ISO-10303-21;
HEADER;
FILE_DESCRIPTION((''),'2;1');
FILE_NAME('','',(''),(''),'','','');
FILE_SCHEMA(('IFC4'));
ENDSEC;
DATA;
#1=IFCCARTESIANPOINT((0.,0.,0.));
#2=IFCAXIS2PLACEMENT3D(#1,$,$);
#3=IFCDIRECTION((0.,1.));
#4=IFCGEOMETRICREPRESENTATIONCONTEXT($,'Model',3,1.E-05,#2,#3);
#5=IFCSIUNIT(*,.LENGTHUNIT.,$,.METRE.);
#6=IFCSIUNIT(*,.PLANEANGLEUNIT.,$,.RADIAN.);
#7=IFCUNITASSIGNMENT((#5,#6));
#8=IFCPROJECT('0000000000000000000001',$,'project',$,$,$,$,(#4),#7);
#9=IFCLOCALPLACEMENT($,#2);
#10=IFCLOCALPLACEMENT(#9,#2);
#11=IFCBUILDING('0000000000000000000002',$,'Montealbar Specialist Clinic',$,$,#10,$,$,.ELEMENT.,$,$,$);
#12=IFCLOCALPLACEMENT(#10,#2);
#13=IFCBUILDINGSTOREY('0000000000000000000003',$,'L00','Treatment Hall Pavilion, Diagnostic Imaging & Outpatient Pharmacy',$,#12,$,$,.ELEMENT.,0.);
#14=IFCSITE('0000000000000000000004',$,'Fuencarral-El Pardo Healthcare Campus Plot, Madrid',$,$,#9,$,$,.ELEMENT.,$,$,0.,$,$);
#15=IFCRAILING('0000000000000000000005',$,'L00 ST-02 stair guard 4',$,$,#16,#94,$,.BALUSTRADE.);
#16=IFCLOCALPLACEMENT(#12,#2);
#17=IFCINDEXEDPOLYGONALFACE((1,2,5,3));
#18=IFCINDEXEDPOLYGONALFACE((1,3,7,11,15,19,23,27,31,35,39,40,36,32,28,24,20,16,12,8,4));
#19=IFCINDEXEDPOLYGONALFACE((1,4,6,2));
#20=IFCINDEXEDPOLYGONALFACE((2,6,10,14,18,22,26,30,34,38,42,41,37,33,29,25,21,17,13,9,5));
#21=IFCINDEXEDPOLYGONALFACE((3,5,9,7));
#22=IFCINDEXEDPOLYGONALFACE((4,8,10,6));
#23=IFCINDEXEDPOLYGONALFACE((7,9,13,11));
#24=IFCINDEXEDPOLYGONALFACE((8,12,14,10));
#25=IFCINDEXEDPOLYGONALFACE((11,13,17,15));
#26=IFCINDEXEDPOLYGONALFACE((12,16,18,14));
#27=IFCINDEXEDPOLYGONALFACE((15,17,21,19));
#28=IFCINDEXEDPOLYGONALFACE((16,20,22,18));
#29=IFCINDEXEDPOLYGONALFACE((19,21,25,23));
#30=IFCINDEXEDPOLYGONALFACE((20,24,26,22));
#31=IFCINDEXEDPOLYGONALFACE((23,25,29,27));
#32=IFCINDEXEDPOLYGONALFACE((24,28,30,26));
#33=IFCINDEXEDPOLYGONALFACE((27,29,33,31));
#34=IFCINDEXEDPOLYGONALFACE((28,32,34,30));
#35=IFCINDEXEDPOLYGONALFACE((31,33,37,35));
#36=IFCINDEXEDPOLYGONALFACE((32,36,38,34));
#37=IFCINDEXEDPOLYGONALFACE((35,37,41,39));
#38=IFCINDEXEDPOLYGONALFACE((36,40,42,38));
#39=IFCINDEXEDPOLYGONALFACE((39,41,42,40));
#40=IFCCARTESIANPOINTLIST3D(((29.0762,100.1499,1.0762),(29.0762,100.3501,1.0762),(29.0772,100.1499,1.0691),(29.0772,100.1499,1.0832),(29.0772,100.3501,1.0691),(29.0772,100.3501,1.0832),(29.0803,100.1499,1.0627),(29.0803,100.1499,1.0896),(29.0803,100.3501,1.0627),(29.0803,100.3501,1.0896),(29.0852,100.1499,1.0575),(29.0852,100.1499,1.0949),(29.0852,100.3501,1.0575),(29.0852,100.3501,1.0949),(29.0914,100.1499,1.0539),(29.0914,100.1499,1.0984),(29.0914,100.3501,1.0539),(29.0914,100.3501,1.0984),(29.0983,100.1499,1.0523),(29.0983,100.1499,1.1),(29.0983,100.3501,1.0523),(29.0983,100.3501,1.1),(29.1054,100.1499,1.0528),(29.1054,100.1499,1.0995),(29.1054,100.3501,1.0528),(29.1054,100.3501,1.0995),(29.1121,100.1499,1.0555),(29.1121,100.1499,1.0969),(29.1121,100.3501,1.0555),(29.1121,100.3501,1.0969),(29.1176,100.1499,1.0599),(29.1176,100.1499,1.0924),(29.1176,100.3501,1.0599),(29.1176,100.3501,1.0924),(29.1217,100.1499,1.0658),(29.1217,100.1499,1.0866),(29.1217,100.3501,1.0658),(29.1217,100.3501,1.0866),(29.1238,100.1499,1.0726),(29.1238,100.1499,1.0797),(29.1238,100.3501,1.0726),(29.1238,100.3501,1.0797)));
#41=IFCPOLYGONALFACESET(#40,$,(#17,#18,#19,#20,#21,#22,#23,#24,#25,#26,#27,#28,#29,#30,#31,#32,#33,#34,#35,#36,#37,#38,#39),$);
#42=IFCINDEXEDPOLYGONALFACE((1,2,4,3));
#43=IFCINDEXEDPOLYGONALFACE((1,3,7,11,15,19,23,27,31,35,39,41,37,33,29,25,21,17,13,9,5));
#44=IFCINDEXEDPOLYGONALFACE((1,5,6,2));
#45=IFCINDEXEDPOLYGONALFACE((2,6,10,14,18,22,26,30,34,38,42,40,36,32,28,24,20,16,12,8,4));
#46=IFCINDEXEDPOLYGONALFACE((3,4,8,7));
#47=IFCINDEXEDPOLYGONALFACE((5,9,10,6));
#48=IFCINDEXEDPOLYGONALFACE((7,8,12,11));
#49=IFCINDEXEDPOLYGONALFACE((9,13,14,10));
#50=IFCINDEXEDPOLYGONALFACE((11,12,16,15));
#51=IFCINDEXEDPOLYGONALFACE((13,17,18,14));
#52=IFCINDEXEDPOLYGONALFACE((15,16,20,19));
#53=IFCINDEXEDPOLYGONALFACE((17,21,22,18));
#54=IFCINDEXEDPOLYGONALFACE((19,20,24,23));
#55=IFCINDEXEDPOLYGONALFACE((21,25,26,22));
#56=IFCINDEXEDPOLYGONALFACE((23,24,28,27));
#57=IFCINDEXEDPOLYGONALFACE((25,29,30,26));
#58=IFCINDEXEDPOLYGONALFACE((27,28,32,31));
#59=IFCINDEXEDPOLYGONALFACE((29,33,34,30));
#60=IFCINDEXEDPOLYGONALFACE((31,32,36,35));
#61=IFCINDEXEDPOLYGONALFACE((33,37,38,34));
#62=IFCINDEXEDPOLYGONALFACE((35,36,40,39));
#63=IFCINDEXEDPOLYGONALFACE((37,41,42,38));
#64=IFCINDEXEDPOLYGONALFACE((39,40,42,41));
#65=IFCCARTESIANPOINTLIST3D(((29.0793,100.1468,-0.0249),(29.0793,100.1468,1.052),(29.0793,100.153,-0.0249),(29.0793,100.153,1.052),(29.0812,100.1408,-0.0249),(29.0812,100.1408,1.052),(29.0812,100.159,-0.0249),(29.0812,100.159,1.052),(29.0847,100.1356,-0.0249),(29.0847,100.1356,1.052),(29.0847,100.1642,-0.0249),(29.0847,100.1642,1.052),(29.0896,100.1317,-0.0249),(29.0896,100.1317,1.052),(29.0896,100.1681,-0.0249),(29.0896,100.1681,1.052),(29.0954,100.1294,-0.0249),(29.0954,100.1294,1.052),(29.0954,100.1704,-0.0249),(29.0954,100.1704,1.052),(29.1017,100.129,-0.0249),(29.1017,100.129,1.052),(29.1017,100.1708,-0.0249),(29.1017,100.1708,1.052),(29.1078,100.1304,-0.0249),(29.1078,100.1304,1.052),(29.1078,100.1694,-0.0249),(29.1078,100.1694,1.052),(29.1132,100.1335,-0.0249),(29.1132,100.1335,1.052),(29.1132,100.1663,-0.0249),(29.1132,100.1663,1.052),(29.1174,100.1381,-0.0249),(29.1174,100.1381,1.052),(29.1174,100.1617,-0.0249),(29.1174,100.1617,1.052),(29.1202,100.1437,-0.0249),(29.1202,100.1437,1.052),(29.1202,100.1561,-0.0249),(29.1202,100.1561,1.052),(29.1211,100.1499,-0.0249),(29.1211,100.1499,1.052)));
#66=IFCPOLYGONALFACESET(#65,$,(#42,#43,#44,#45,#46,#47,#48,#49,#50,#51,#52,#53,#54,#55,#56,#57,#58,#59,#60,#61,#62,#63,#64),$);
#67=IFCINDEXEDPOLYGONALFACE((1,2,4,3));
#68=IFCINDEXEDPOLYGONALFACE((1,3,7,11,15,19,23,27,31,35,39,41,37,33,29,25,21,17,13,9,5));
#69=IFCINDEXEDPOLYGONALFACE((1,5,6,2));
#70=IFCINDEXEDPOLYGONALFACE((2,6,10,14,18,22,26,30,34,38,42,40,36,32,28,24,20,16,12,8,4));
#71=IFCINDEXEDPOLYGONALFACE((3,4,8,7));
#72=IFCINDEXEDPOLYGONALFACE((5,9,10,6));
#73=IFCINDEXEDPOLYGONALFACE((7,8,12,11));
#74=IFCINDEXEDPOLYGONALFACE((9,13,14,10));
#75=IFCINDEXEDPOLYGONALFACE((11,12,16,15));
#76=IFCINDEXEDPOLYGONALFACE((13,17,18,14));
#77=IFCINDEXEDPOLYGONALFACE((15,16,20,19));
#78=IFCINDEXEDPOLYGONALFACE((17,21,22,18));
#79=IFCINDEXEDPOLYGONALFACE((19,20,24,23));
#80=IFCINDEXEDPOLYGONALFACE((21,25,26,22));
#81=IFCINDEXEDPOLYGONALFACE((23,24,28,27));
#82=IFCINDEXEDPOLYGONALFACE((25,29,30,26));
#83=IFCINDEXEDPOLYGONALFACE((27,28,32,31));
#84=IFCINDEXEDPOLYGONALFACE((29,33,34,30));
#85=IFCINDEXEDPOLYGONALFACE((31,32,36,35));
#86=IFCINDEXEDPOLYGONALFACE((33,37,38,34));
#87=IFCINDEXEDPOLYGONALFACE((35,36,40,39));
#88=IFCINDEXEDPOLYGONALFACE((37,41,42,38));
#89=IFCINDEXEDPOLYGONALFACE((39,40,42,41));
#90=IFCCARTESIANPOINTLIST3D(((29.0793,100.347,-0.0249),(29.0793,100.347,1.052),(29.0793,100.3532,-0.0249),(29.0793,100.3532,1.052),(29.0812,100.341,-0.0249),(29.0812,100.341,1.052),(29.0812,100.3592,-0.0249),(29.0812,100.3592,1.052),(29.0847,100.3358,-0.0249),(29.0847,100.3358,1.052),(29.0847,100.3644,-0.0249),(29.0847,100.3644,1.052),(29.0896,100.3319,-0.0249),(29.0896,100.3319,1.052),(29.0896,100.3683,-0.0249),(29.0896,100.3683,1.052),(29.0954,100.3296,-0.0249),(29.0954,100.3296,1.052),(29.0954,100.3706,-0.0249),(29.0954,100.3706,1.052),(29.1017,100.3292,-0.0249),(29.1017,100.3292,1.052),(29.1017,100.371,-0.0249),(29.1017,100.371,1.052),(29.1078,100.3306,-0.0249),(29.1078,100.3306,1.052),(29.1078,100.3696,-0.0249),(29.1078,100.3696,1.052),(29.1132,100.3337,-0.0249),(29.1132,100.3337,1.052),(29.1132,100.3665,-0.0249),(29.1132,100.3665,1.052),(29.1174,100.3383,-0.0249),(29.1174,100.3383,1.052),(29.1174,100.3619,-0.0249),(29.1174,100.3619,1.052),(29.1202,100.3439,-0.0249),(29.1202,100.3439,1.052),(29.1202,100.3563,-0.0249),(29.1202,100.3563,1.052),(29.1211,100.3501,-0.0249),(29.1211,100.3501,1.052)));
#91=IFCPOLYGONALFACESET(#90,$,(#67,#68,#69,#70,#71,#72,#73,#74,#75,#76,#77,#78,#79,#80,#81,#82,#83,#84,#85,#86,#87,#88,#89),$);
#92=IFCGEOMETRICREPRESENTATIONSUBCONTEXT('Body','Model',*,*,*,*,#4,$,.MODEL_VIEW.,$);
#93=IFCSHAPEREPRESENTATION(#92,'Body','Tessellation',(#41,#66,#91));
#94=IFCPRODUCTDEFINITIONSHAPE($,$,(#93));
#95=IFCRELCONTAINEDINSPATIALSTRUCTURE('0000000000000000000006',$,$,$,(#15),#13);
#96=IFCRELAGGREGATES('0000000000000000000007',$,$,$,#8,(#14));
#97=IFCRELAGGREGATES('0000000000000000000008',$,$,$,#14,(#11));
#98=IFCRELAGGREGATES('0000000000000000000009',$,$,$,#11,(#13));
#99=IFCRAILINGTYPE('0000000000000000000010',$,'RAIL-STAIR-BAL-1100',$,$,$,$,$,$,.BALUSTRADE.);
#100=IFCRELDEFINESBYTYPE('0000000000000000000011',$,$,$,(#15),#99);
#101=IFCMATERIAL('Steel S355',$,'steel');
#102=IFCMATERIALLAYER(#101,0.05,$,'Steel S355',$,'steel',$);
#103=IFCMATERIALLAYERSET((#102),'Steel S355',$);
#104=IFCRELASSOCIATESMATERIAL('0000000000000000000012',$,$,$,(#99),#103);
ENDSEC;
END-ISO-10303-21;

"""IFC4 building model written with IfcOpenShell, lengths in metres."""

from ifc_helpers import new_model, si_unit, direction, frame, origin, origin_2d, place, context, subcontext, project, spatial, circle, extrude, material, layer, layer_set, type_object, element, save


model = new_model("IFC4")

# Units and contexts
model_context = context("Model", 3, precision=1e-05, world=origin(), true_north=direction((0.0, 1.0)))
body_context = subcontext(model_context, "Body", "Model", "MODEL_VIEW")
ifc_project = project(units=[si_unit("LENGTHUNIT", "METRE"), si_unit("PLANEANGLEUNIT", "RADIAN")], contexts=[model_context])

# Site, building, storey
site_placement = place(None, origin())
site = spatial("IfcSite", under=ifc_project, at=site_placement, Name="Fuencarral-El Pardo Healthcare Campus Plot, Madrid", CompositionType="ELEMENT", RefElevation=0.0)
building_placement = place(site_placement, origin())
building = spatial("IfcBuilding", under=site, at=building_placement, Name="Montealbar Specialist Clinic", CompositionType="ELEMENT")
storey_placement = place(building_placement, origin())
storey = spatial("IfcBuildingStorey", under=building, at=storey_placement, Name="L00", Description="Treatment Hall Pavilion, Diagnostic Imaging & Outpatient Pharmacy", CompositionType="ELEMENT", Elevation=0.0)

# Shared definitions
ifc_material_1 = material(Name="Steel S355", Category="steel")

# Railing
ifc_layer_1 = layer(ifc_material_1, 0.05, Name="Steel S355", Category="steel")
ifc_layer_set_1 = layer_set([ifc_layer_1], Name="Steel S355")
railing_type_1 = type_object("IfcRailingType", Name="RAIL-STAIR-BAL-1100", PredefinedType="BALUSTRADE", material=ifc_layer_set_1)
railing_1_placement = place(storey_placement, frame((29.1001, 100.1499, 0.0)))
element("IfcRailing", 1, at=railing_1_placement, inside=storey, type_object=railing_type_1, Name="L00 ST-02 stair guard 4", PredefinedType="BALUSTRADE", context=body_context, shape_type="SweptSolid", body=[
    extrude(circle(Radius=0.0239, at=origin_2d()), frame((0.0, 0.0, 1.0762), z_axis=(0.0, 1.0, 0.0), x_axis=(-1.0, 0.0, 0.0)), (0.0, 0.0, 1.0), 0.2002),
    extrude(circle(Radius=0.021, at=origin_2d()), frame((0.0, 0.0, -0.0249)), (0.0, 0.0, 1.0), 1.0769),
    extrude(circle(Radius=0.021, at=origin_2d()), frame((0.0, 0.2002, -0.0249)), (0.0, 0.0, 1.0), 1.0769),
])

save(model, "model.ifc")
